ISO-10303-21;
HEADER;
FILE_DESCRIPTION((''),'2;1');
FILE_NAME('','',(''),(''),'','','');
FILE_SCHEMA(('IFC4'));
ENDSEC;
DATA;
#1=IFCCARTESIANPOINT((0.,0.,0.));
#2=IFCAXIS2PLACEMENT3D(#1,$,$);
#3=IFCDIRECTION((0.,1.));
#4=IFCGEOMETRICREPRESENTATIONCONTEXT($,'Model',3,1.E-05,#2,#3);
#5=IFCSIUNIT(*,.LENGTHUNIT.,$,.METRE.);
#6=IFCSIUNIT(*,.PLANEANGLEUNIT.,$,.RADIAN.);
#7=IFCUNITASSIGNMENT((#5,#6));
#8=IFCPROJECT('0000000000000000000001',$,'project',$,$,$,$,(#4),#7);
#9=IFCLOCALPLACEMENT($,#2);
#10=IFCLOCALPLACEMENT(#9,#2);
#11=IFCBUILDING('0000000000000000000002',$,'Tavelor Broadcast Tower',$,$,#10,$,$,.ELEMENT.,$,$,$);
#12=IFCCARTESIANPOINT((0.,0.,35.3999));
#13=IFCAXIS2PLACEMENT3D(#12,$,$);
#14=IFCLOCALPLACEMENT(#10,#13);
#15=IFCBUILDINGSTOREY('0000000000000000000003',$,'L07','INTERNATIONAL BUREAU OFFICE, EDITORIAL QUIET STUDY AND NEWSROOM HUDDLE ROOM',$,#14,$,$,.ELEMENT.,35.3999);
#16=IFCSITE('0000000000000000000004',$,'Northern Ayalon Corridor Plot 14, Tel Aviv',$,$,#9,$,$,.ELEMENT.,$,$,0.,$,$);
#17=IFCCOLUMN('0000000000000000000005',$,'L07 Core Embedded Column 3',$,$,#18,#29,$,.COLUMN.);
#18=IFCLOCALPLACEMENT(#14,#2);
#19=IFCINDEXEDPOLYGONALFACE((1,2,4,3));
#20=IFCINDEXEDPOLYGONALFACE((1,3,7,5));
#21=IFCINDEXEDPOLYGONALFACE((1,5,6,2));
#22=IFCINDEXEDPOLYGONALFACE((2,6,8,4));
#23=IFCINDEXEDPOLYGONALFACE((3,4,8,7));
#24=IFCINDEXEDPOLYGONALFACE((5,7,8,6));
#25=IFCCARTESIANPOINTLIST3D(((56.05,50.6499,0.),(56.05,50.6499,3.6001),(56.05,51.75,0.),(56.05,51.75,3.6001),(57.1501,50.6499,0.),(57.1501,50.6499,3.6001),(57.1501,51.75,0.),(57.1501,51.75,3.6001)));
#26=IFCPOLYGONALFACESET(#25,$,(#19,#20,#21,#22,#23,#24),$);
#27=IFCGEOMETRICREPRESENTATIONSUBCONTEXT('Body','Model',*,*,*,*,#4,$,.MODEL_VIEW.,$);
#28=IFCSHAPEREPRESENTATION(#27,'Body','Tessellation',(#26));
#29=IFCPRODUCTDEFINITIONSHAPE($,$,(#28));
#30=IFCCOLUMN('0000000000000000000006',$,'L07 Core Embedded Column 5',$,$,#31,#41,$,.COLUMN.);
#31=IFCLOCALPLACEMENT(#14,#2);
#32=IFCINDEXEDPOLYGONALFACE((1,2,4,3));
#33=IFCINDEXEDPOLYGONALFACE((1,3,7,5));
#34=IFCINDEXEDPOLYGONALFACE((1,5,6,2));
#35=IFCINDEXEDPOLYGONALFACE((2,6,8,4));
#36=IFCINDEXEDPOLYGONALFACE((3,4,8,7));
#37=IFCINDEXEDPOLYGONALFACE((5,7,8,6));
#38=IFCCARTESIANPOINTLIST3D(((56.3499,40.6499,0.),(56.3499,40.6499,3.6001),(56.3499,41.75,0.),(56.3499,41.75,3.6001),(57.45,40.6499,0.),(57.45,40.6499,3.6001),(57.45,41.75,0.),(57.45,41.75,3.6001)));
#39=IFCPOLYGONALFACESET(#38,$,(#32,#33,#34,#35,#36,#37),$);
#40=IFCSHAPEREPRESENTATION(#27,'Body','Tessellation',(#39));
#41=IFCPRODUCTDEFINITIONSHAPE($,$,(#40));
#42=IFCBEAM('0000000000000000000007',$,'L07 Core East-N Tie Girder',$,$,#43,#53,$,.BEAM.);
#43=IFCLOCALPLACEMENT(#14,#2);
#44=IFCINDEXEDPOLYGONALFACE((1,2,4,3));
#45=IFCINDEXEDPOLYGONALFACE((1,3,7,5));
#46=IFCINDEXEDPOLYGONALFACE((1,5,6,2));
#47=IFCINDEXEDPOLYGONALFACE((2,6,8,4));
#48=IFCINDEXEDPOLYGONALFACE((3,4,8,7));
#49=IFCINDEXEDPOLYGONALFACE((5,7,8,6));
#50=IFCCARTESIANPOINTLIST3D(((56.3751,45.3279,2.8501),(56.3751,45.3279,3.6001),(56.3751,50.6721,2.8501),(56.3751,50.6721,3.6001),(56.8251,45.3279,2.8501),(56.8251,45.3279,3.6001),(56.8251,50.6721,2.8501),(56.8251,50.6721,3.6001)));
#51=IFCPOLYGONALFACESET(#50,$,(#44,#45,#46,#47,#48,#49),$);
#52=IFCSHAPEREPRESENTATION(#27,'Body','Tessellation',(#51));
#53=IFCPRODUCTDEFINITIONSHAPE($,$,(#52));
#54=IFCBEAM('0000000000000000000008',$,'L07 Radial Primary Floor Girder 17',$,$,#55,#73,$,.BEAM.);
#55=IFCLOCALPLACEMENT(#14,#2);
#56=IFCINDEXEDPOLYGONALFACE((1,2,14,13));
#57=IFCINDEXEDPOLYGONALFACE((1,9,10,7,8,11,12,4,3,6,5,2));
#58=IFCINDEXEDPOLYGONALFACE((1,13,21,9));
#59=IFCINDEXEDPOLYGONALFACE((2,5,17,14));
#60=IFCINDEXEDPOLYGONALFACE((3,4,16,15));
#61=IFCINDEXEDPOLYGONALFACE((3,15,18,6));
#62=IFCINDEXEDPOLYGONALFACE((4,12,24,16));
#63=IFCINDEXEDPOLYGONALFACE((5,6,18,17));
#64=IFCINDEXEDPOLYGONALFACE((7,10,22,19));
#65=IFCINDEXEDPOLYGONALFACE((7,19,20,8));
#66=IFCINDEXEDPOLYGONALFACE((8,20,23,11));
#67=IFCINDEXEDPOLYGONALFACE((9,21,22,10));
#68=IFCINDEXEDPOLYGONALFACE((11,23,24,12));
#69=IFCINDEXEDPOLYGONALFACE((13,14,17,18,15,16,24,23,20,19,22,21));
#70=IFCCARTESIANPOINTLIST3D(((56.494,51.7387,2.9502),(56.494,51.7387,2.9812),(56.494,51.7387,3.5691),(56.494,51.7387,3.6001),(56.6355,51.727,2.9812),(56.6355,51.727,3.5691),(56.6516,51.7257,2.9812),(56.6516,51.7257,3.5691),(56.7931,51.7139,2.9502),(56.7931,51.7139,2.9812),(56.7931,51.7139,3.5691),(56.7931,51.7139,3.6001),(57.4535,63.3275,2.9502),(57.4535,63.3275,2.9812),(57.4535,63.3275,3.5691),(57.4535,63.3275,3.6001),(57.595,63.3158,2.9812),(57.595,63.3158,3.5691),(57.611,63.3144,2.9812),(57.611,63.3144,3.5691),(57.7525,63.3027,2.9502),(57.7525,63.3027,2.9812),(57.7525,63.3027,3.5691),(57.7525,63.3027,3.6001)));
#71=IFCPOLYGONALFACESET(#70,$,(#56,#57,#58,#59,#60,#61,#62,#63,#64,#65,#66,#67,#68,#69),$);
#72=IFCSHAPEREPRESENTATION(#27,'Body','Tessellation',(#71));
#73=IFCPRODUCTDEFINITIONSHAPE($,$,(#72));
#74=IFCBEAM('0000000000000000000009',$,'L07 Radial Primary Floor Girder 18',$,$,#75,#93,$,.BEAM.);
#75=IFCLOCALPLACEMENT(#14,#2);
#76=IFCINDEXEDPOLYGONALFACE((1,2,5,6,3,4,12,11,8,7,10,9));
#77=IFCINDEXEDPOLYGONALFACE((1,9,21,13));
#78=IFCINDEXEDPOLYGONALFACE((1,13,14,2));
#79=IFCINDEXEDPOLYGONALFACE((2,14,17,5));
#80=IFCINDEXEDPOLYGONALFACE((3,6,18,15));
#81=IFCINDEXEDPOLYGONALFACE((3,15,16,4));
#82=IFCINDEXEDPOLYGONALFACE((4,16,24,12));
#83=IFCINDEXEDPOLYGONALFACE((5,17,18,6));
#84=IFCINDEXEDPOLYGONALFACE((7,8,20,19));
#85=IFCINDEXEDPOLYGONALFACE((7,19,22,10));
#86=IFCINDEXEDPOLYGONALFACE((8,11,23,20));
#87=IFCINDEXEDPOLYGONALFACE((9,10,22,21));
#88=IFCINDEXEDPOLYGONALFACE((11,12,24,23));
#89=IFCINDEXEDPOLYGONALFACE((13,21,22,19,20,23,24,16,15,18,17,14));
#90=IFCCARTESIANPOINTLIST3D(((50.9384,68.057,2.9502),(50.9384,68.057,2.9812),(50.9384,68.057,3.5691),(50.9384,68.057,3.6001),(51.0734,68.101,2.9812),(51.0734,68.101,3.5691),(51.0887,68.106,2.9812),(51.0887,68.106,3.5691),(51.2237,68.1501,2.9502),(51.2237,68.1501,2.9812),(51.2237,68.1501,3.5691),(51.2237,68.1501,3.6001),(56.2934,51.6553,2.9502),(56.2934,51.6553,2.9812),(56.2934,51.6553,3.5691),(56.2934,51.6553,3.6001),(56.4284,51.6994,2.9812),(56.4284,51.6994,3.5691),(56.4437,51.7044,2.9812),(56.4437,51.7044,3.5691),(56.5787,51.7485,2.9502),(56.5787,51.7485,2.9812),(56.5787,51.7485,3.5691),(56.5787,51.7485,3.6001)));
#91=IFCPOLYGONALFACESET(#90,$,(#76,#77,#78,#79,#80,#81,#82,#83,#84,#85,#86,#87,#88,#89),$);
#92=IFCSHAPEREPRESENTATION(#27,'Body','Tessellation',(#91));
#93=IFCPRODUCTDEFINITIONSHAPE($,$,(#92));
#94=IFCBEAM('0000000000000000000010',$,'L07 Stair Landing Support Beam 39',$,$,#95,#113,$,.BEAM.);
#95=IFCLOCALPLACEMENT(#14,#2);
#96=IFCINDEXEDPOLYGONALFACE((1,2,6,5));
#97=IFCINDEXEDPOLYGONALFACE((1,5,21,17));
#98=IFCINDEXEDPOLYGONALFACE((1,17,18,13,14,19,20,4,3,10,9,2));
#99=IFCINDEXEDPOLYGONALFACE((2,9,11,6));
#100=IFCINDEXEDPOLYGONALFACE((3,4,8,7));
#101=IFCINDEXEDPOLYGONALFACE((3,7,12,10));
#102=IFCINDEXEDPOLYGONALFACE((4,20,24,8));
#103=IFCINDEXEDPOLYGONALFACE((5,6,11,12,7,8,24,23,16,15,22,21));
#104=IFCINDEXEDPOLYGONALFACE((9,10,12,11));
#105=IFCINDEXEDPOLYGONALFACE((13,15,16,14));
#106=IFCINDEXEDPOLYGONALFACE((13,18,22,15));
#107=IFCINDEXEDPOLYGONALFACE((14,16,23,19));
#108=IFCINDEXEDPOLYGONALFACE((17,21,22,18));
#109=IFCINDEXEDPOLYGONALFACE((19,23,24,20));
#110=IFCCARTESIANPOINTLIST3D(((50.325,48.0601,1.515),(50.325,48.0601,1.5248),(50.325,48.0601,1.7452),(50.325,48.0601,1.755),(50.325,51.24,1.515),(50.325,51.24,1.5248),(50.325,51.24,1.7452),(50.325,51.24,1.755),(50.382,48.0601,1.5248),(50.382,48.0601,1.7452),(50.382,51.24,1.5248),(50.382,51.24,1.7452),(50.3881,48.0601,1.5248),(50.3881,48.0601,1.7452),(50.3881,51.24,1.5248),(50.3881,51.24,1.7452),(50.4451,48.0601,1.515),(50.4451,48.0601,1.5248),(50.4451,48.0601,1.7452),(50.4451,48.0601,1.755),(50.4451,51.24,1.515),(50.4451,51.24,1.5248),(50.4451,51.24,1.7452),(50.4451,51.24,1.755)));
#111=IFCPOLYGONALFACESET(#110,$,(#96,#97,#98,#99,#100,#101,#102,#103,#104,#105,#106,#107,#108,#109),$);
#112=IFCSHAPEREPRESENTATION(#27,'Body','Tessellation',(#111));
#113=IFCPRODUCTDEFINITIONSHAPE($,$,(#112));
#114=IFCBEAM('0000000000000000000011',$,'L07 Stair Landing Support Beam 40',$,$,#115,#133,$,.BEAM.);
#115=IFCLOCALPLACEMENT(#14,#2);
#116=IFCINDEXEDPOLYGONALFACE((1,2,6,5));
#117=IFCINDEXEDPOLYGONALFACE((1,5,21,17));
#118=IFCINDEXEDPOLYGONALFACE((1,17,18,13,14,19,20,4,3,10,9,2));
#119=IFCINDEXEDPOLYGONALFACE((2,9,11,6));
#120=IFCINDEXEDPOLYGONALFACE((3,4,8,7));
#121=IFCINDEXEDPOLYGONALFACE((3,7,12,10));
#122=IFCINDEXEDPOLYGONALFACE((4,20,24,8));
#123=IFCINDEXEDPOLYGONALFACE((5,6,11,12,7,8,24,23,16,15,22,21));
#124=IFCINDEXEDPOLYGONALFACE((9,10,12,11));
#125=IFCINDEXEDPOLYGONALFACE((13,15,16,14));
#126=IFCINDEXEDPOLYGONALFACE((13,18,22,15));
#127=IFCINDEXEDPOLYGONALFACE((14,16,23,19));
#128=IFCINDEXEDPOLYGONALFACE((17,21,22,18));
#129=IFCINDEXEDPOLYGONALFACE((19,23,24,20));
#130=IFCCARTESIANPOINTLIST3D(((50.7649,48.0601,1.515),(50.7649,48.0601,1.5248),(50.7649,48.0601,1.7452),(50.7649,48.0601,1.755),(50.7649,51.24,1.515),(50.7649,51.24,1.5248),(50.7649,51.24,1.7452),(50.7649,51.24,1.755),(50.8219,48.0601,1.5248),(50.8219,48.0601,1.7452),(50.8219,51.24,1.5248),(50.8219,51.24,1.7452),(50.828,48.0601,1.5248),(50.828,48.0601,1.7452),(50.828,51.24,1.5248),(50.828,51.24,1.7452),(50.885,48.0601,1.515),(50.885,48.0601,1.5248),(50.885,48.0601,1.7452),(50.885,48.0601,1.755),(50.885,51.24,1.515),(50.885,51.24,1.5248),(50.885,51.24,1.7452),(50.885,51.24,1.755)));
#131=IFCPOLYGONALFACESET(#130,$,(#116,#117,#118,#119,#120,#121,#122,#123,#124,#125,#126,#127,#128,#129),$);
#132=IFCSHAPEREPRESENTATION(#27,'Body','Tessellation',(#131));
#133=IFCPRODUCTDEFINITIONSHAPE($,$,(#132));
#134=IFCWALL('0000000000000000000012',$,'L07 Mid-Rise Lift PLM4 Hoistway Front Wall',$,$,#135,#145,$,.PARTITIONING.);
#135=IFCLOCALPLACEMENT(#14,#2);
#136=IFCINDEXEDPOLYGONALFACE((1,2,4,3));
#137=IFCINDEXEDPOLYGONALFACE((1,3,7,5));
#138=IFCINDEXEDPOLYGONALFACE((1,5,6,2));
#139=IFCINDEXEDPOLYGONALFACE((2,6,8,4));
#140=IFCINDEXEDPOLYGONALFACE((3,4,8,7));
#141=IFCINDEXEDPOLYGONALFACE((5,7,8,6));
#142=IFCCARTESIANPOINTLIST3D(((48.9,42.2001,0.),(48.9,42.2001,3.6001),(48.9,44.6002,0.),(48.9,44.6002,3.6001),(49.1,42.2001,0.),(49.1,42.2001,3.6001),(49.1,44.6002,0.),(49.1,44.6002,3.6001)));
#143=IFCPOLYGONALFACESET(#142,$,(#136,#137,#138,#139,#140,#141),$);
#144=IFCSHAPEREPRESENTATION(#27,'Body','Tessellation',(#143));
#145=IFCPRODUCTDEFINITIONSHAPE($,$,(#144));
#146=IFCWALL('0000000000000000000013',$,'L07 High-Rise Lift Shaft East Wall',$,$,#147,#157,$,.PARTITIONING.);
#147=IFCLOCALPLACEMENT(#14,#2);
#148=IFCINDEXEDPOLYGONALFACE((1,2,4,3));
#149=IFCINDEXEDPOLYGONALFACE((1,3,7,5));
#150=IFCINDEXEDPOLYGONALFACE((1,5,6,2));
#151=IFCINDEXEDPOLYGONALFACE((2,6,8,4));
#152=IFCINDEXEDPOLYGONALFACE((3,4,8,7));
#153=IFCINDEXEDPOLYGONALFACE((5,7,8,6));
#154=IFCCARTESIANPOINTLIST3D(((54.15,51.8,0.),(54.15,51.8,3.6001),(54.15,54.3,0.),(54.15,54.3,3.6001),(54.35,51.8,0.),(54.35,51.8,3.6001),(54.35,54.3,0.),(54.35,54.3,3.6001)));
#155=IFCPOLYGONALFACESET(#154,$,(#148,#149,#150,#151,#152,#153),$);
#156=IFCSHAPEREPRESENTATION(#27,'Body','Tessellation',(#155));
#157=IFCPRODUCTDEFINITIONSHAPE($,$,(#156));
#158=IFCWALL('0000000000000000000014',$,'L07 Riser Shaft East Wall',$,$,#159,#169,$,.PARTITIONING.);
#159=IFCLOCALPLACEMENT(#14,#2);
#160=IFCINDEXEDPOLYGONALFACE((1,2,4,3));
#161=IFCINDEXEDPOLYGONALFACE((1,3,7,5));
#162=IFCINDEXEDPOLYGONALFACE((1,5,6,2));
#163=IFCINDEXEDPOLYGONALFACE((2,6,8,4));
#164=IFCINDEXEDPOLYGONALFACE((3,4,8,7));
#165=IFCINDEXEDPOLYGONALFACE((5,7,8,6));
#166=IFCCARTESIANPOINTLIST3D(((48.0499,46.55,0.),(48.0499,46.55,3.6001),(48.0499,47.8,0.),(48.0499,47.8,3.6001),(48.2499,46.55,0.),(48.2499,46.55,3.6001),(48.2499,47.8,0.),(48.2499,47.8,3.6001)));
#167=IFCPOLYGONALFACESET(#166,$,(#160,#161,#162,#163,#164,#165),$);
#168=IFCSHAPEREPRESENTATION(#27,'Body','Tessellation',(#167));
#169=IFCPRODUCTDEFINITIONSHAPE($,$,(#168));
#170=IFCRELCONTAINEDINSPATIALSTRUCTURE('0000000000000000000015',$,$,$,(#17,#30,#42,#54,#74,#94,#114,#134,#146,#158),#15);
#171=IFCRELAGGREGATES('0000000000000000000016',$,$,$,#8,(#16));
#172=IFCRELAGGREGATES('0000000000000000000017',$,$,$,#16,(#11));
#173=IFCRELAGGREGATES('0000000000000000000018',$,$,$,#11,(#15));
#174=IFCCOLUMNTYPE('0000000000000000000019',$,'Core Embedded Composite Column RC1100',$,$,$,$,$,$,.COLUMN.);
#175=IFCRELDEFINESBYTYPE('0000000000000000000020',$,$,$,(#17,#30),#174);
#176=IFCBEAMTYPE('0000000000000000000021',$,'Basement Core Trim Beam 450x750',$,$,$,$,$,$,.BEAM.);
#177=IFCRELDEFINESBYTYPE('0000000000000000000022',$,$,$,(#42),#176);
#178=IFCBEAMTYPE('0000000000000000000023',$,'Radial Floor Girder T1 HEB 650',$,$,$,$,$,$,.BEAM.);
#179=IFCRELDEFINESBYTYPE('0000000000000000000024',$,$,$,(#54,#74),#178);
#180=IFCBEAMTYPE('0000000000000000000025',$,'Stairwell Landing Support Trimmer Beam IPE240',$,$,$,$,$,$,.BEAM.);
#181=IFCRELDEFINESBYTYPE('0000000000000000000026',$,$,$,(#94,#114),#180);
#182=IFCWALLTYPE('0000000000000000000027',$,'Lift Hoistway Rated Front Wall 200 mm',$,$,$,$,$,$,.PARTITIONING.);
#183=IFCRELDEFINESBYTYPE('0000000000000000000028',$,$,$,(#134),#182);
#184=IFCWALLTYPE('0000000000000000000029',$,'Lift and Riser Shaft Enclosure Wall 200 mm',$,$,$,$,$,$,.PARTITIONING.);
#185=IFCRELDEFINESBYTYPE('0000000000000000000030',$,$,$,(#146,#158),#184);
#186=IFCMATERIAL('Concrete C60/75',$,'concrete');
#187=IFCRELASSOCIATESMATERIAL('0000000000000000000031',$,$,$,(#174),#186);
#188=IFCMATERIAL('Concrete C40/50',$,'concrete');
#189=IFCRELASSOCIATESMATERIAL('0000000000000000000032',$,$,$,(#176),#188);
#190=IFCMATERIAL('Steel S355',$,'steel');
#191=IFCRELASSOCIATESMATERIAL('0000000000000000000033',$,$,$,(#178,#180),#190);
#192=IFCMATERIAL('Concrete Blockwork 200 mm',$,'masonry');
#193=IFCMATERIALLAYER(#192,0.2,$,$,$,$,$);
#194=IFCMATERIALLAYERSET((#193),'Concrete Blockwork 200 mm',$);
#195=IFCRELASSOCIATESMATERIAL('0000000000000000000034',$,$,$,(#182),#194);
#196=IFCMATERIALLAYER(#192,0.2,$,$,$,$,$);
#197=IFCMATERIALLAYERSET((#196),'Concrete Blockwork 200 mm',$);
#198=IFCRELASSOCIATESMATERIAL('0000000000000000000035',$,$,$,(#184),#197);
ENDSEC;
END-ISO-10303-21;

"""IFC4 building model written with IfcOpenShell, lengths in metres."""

from ifc_helpers import new_model, si_unit, direction, frame, frame_2d, origin, origin_2d, place, context, subcontext, project, spatial, rectangle, i_section, extrude, material, layer, layer_set, material_profile, profile_set, type_object, element, save


model = new_model("IFC4")

# Units and contexts
model_context = context("Model", 3, precision=1e-05, world=origin(), true_north=direction((0.0, 1.0)))
body_context = subcontext(model_context, "Body", "Model", "MODEL_VIEW")
ifc_project = project(units=[si_unit("LENGTHUNIT", "METRE"), si_unit("PLANEANGLEUNIT", "RADIAN")], contexts=[model_context])

# Site, building, storey
site_placement = place(None, origin())
site = spatial("IfcSite", under=ifc_project, at=site_placement, Name="Northern Ayalon Corridor Plot 14, Tel Aviv", CompositionType="ELEMENT", RefElevation=0.0)
building_placement = place(site_placement, origin())
building = spatial("IfcBuilding", under=site, at=building_placement, Name="Tavelor Broadcast Tower", CompositionType="ELEMENT")
storey_placement = place(building_placement, frame((0.0, 0.0, 35.3999)))
storey = spatial("IfcBuildingStorey", under=building, at=storey_placement, Name="L07", Description="INTERNATIONAL BUREAU OFFICE, EDITORIAL QUIET STUDY AND NEWSROOM HUDDLE ROOM", CompositionType="ELEMENT", Elevation=35.3999)

# Columns
ifc_material_1 = material(Name="Concrete C60/75", Category="concrete")
ifc_material_profile_1 = material_profile(ifc_material_1, rectangle(XDim=1.1001, YDim=1.1001, at=origin_2d()), Name="RC 1100x1100")
ifc_profile_set_1 = profile_set([ifc_material_profile_1], Name="Concrete C60/75")
column_type = type_object("IfcColumnType", Name="Core Embedded Composite Column RC1100", PredefinedType="COLUMN", material=ifc_profile_set_1)
for number, where, z_axis, x_axis, name in (
    (1, (56.6001, 51.2, 0.0), (0.0, 0.0, 1.0), (1.0, 0.0, 0.0), "L07 Core Embedded Column 3"),
    (2, (56.8999, 41.2, 0.0), (0.0, 0.0, 1.0), (1.0, 0.0, 0.0), "L07 Core Embedded Column 5"),
):
    element("IfcColumn", number, at=place(storey_placement, frame(where, z_axis=z_axis, x_axis=x_axis)), inside=storey, type_object=column_type, Name=name, PredefinedType="COLUMN", context=body_context, shape_type="SweptSolid", body=[
        extrude(rectangle(XDim=1.1001, YDim=1.1001, at=origin_2d()), origin(), (0.0, 0.0, 1.0), 3.6001),
    ])

# Beams
ifc_material_2 = material(Name="Concrete C40/50", Category="concrete")
ifc_material_profile_2 = material_profile(ifc_material_2, rectangle(XDim=0.45, YDim=0.75, at=origin_2d()), Name="RC 450x750")
ifc_profile_set_2 = profile_set([ifc_material_profile_2], Name="Concrete C40/50")
beam_type_1 = type_object("IfcBeamType", Name="Basement Core Trim Beam 450x750", PredefinedType="BEAM", material=ifc_profile_set_2)
beam_1_placement = place(storey_placement, frame((56.6001, 45.3279, 3.2251), z_axis=(0.0, 1.0, 0.0), x_axis=(-1.0, 0.0, 0.0)))
element("IfcBeam", 3, at=beam_1_placement, inside=storey, type_object=beam_type_1, Name="L07 Core East-N Tie Girder", PredefinedType="BEAM", context=body_context, shape_type="SweptSolid", body=[
    extrude(rectangle(XDim=0.45, YDim=0.75, at=origin_2d()), origin(), (0.0, 0.0, 1.0), 5.3442),
])
ifc_material_3 = material(Name="Steel S355", Category="steel")
ifc_material_profile_3 = material_profile(ifc_material_3, i_section(OverallWidth=0.3, OverallDepth=0.6499, WebThickness=0.0161, FlangeThickness=0.031, at=origin_2d()), Name="HEB 650")
ifc_profile_set_3 = profile_set([ifc_material_profile_3], Name="Steel S355")
beam_type_2 = type_object("IfcBeamType", Name="Radial Floor Girder T1 HEB 650", PredefinedType="BEAM", material=ifc_profile_set_3)
beam_2_placement = place(storey_placement, frame((56.6436, 51.7263, 3.2751), z_axis=(0.08251, 0.99659, 0.0), x_axis=(-0.99659, 0.08251, 0.0)))
element("IfcBeam", 4, at=beam_2_placement, inside=storey, type_object=beam_type_2, Name="L07 Radial Primary Floor Girder 17", PredefinedType="BEAM", context=body_context, shape_type="SweptSolid", body=[
    extrude(i_section(OverallWidth=0.3, OverallDepth=0.6499, WebThickness=0.0161, FlangeThickness=0.031, at=origin_2d()), origin(), (0.0, 0.0, 1.0), 11.6284),
])
beam_3_placement = place(storey_placement, frame((56.436, 51.7019, 3.2751), z_axis=(-0.310368, 0.950617, 0.0), x_axis=(-0.950617, -0.310368, 0.0)))
element("IfcBeam", 5, at=beam_3_placement, inside=storey, type_object=beam_type_2, Name="L07 Radial Primary Floor Girder 18", PredefinedType="BEAM", context=body_context, shape_type="SweptSolid", body=[
    extrude(i_section(OverallWidth=0.3, OverallDepth=0.6499, WebThickness=0.0161, FlangeThickness=0.031, at=origin_2d()), origin(), (0.0, 0.0, 1.0), 17.2537),
])
ifc_material_profile_4 = material_profile(ifc_material_3, i_section(OverallWidth=0.1201, OverallDepth=0.24, WebThickness=0.0061, FlangeThickness=0.0098, at=origin_2d()), Name="IPE 240")
ifc_profile_set_4 = profile_set([ifc_material_profile_4], Name="Steel S355")
beam_type_3 = type_object("IfcBeamType", Name="Stairwell Landing Support Trimmer Beam IPE240", PredefinedType="BEAM", material=ifc_profile_set_4)
for number, where, z_axis, x_axis, name in (
    (6, (50.385, 48.0601, 1.635), (0.0, 1.0, 0.0), (-1.0, 0.0, 0.0), "L07 Stair Landing Support Beam 39"),
    (7, (50.825, 48.0601, 1.635), (0.0, 1.0, 0.0), (-1.0, 0.0, 0.0), "L07 Stair Landing Support Beam 40"),
):
    element("IfcBeam", number, at=place(storey_placement, frame(where, z_axis=z_axis, x_axis=x_axis)), inside=storey, type_object=beam_type_3, Name=name, PredefinedType="BEAM", context=body_context, shape_type="SweptSolid", body=[
        extrude(i_section(OverallWidth=0.1201, OverallDepth=0.24, WebThickness=0.0061, FlangeThickness=0.0098, at=origin_2d()), origin(), (0.0, 0.0, 1.0), 3.1799),
    ])

# Walls
ifc_material_4 = material(Name="Concrete Blockwork 200 mm", Category="masonry")
ifc_layer_1 = layer(ifc_material_4, 0.2)
ifc_layer_set_1 = layer_set([ifc_layer_1], Name="Concrete Blockwork 200 mm")
wall_type_1 = type_object("IfcWallType", Name="Lift Hoistway Rated Front Wall 200 mm", PredefinedType="PARTITIONING", material=ifc_layer_set_1)
wall_1_placement = place(storey_placement, frame((49.0, 42.2, 0.0), z_axis=(0.0, 0.0, 1.0), x_axis=(0.0, 1.0, 0.0)))
element("IfcWall", 8, at=wall_1_placement, inside=storey, type_object=wall_type_1, Name="L07 Mid-Rise Lift PLM4 Hoistway Front Wall", PredefinedType="PARTITIONING", context=body_context, shape_type="SweptSolid", body=[
    extrude(rectangle(XDim=2.4001, YDim=0.2, at=frame_2d((1.2002, 0.0))), origin(), (0.0, 0.0, 1.0), 3.6001),
])
ifc_layer_2 = layer(ifc_material_4, 0.2)
ifc_layer_set_2 = layer_set([ifc_layer_2], Name="Concrete Blockwork 200 mm")
wall_type_2 = type_object("IfcWallType", Name="Lift and Riser Shaft Enclosure Wall 200 mm", PredefinedType="PARTITIONING", material=ifc_layer_set_2)
wall_2_placement = place(storey_placement, frame((54.25, 51.8, 0.0), z_axis=(0.0, 0.0, 1.0), x_axis=(0.0, 1.0, 0.0)))
element("IfcWall", 9, at=wall_2_placement, inside=storey, type_object=wall_type_2, Name="L07 High-Rise Lift Shaft East Wall", PredefinedType="PARTITIONING", context=body_context, shape_type="SweptSolid", body=[
    extrude(rectangle(XDim=2.5, YDim=0.2, at=frame_2d((1.25, 0.0))), origin(), (0.0, 0.0, 1.0), 3.6001),
])
wall_3_placement = place(storey_placement, frame((48.1499, 46.55, 0.0), z_axis=(0.0, 0.0, 1.0), x_axis=(0.0, 1.0, 0.0)))
element("IfcWall", 10, at=wall_3_placement, inside=storey, type_object=wall_type_2, Name="L07 Riser Shaft East Wall", PredefinedType="PARTITIONING", context=body_context, shape_type="SweptSolid", body=[
    extrude(rectangle(XDim=1.25, YDim=0.2, at=frame_2d((0.625, 0.0))), origin(), (0.0, 0.0, 1.0), 3.6001),
])

save(model, "model.ifc")
